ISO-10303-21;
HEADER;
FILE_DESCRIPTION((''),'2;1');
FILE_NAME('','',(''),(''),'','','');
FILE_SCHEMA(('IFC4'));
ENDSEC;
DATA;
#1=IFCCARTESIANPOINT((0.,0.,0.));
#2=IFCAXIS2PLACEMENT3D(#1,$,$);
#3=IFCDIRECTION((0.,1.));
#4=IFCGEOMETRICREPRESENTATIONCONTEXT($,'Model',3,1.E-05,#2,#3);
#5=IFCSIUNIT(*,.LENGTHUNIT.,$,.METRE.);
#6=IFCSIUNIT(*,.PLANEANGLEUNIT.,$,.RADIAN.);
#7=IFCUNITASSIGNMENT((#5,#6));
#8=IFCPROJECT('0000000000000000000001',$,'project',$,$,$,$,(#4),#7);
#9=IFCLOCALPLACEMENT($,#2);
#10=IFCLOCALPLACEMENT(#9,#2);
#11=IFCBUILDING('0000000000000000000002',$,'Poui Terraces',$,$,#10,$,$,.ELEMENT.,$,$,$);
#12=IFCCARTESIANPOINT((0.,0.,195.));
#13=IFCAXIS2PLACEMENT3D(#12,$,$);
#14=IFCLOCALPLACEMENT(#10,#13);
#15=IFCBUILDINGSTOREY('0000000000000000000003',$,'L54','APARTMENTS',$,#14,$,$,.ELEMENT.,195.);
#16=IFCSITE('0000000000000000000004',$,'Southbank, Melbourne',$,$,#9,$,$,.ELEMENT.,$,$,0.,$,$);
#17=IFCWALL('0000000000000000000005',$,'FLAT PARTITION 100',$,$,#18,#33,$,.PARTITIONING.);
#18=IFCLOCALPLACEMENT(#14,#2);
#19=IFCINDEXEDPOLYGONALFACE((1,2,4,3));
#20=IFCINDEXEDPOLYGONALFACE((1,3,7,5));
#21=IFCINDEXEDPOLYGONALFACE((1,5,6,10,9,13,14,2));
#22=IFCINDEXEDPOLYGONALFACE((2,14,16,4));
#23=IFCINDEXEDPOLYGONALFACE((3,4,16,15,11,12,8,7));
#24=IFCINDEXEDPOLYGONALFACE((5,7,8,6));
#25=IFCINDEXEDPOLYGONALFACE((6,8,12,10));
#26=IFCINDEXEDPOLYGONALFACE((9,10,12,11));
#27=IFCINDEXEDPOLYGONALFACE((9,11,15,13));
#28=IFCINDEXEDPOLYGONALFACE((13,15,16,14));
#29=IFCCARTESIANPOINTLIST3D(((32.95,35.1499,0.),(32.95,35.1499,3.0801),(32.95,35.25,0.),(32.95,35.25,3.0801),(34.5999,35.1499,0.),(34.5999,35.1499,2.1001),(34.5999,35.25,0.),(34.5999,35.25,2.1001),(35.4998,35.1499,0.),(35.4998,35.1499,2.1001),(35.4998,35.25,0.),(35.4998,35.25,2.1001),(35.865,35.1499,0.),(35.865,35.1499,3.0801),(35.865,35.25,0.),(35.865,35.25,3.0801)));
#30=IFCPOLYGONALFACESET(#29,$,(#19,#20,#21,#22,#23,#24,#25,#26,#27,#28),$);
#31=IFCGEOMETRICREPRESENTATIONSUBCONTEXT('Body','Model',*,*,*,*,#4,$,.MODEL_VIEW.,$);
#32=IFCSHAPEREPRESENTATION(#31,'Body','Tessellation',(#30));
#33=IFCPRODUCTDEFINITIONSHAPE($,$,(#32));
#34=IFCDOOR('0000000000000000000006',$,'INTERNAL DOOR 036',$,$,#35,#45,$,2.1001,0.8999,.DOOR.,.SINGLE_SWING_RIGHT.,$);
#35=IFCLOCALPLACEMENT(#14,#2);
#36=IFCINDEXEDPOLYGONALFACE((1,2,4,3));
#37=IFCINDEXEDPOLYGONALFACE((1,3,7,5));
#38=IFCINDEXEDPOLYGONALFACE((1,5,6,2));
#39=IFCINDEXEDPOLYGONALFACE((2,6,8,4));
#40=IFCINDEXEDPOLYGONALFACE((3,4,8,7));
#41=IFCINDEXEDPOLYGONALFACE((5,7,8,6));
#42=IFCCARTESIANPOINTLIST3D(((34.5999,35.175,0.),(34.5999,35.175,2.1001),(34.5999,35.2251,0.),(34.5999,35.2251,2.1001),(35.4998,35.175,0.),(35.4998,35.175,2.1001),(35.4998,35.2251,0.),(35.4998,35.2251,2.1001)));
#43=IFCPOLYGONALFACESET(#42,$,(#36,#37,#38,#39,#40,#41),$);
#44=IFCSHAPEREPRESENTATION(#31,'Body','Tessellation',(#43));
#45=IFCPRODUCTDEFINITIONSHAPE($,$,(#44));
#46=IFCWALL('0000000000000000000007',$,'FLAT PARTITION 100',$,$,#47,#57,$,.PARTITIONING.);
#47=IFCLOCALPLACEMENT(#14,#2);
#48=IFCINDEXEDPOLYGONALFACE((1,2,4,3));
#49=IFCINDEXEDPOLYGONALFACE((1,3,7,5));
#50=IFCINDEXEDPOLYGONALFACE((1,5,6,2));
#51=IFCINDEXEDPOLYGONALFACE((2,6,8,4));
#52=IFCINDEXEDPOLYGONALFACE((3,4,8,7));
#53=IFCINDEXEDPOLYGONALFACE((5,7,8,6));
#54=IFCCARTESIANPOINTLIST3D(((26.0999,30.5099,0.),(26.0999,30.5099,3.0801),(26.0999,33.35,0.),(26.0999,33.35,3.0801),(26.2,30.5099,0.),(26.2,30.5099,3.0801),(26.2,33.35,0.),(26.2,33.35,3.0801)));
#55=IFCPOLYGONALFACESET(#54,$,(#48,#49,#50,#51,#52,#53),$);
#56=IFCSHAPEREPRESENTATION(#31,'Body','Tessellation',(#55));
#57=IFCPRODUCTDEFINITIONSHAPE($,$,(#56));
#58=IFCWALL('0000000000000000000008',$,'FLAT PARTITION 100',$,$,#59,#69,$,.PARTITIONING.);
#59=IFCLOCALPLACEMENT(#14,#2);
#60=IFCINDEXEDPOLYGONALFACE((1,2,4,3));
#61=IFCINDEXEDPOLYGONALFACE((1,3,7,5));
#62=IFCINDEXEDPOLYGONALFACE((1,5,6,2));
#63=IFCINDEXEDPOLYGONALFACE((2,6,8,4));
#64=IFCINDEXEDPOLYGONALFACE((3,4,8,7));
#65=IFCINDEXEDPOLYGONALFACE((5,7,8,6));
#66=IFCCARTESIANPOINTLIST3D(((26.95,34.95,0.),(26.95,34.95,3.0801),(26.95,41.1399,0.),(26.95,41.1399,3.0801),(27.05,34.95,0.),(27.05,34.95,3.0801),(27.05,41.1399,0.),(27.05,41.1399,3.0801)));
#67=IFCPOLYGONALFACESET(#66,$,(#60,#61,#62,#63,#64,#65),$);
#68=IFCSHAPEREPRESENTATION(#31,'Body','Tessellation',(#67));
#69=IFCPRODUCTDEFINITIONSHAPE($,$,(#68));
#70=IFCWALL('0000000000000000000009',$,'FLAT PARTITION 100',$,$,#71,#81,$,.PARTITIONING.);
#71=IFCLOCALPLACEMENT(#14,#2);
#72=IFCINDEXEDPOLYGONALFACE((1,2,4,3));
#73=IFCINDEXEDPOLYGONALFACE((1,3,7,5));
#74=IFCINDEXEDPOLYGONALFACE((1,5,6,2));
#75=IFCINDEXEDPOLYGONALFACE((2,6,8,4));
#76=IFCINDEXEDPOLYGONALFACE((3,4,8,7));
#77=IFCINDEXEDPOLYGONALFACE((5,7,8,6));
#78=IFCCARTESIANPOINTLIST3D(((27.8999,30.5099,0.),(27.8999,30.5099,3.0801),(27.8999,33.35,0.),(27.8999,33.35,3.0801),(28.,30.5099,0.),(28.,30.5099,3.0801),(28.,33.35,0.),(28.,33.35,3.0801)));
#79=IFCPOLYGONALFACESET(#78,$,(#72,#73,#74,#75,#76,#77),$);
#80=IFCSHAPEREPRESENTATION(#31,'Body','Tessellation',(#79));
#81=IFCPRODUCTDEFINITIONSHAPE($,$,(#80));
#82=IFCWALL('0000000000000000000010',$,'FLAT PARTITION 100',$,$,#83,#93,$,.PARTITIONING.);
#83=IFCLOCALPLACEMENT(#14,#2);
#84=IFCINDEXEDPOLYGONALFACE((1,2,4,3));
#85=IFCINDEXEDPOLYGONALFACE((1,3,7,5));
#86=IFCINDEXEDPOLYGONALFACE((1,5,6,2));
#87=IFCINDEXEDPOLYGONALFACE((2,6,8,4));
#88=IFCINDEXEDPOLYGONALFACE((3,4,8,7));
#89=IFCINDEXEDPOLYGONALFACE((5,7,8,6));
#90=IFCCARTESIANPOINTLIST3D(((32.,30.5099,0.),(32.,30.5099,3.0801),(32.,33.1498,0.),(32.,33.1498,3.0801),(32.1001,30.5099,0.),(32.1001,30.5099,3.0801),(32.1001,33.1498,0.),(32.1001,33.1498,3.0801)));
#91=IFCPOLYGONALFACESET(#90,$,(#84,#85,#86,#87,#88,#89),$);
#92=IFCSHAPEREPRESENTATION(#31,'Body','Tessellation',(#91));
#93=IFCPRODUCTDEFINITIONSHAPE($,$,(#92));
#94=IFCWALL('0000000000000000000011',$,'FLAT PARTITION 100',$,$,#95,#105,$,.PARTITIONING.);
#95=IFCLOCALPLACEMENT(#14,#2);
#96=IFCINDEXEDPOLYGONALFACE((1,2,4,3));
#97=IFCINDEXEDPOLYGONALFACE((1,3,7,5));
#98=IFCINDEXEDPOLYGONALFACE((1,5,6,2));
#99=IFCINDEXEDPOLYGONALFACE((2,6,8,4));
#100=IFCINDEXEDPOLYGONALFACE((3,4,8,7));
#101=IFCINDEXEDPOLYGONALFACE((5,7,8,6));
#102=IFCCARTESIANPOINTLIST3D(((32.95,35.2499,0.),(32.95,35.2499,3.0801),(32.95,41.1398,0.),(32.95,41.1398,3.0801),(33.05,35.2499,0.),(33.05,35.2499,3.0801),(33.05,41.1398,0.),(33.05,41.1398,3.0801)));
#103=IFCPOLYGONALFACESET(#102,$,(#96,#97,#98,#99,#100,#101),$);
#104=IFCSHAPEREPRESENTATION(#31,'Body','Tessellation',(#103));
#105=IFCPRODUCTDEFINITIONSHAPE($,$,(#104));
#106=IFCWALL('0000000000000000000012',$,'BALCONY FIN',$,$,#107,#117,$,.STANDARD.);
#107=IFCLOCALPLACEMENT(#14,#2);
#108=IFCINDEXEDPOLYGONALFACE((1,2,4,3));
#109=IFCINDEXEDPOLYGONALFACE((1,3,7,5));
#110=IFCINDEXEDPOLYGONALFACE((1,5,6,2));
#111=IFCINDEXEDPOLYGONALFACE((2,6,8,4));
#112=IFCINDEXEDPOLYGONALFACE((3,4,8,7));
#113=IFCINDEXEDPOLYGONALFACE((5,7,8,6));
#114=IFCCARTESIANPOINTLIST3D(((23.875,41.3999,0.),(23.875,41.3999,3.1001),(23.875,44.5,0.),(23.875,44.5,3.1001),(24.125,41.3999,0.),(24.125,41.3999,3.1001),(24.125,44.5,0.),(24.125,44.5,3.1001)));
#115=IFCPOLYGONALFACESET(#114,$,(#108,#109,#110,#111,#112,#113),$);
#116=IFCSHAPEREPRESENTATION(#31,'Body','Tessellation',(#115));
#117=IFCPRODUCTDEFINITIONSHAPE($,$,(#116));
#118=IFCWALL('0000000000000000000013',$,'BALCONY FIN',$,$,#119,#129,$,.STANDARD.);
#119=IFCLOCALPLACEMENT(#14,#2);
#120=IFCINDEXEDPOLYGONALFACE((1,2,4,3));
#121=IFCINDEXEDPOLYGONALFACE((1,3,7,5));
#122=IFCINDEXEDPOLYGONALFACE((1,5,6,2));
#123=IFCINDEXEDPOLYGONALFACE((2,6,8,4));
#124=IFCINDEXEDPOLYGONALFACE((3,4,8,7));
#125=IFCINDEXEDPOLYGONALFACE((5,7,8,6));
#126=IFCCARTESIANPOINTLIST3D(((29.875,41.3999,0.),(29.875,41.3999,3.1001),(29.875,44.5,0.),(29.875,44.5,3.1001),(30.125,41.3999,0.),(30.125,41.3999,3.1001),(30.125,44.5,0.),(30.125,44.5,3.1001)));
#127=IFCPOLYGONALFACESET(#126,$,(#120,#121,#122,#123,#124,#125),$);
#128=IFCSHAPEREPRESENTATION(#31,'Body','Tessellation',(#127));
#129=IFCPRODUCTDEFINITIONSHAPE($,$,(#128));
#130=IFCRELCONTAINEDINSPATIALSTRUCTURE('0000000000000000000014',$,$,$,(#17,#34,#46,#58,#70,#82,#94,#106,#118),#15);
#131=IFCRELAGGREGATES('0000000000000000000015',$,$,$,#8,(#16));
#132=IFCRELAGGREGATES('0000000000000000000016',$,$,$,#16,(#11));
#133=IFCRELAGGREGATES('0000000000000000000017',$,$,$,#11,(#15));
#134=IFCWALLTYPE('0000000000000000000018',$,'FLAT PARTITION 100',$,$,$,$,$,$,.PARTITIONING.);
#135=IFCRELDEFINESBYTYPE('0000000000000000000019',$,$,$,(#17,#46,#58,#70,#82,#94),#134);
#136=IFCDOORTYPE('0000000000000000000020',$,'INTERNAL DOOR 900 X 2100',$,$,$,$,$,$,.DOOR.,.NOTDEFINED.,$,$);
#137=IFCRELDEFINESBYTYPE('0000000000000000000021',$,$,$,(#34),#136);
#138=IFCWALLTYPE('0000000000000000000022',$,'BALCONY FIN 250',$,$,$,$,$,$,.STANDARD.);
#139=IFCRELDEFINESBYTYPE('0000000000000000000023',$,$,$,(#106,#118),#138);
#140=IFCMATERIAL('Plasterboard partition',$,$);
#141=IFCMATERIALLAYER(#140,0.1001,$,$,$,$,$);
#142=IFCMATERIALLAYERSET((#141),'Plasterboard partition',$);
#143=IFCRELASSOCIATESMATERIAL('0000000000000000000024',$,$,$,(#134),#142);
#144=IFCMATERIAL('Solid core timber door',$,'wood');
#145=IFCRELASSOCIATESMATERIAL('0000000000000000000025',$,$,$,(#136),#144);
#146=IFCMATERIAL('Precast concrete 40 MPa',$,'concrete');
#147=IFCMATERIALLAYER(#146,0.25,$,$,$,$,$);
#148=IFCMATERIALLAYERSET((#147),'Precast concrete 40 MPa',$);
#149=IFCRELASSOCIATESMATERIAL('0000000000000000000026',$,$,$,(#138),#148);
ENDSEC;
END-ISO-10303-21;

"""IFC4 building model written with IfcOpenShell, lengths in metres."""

from ifc_helpers import new_model, si_unit, direction, frame, frame_2d, origin, place, context, subcontext, project, spatial, polyline, rectangle, outline, extrude, source, transform, mapped, material, layer, layer_set, type_object, element, fill, save


model = new_model("IFC4")

# Units and contexts
model_context = context("Model", 3, precision=1e-05, world=origin(), true_north=direction((0.0, 1.0)))
body_context = subcontext(model_context, "Body", "Model", "MODEL_VIEW")
ifc_project = project(units=[si_unit("LENGTHUNIT", "METRE"), si_unit("PLANEANGLEUNIT", "RADIAN")], contexts=[model_context])

# Site, building, storey
site_placement = place(None, origin())
site = spatial("IfcSite", under=ifc_project, at=site_placement, Name="Southbank, Melbourne", CompositionType="ELEMENT", RefElevation=0.0)
building_placement = place(site_placement, origin())
building = spatial("IfcBuilding", under=site, at=building_placement, Name="Poui Terraces", CompositionType="ELEMENT")
storey_placement = place(building_placement, frame((0.0, 0.0, 195.0)))
storey = spatial("IfcBuildingStorey", under=building, at=storey_placement, Name="L54", Description="APARTMENTS", CompositionType="ELEMENT", Elevation=195.0)

# Wall, opening, door
ifc_material_1 = material(Name="Plasterboard partition")
ifc_layer_1 = layer(ifc_material_1, 0.1001)
ifc_layer_set_1 = layer_set([ifc_layer_1], Name="Plasterboard partition")
wall_type_1 = type_object("IfcWallType", Name="FLAT PARTITION 100", PredefinedType="PARTITIONING", material=ifc_layer_set_1)
ifc_material_2 = material(Name="Solid core timber door", Category="wood")
door_type_1 = type_object("IfcDoorType", Name="INTERNAL DOOR 900 X 2100", OperationType="NOTDEFINED", PredefinedType="DOOR", material=ifc_material_2)
wall_1_placement = place(storey_placement, frame((32.95, 35.2, 0.0), z_axis=(0.0, 0.0, 1.0), x_axis=(1.0, 0.0, 0.0)))
wall_1 = element("IfcWall", 1, at=wall_1_placement, inside=storey, type_object=wall_type_1, Name="FLAT PARTITION 100", PredefinedType="PARTITIONING", context=body_context, shape_type="SweptSolid", body=[
    extrude(rectangle(XDim=2.915, YDim=0.1001, at=frame_2d((1.4575, 0.0))), origin(), (0.0, 0.0, 1.0), 3.0801),
])
opening_1_placement = place(wall_1_placement, frame((1.6499, 0.0, 0.0)))
opening_1 = element("IfcOpeningElement", 2, at=opening_1_placement, cuts=wall_1, PredefinedType="OPENING", context=body_context, shape_type="SweptSolid", body=[
    extrude(rectangle(XDim=0.8999, YDim=2.1001, at=frame_2d((0.45, 1.05))), frame((0.0, 0.0601, 0.0), z_axis=(0.0, -1.0, 0.0), x_axis=(1.0, 0.0, 0.0)), (0.0, 0.0, 1.0), 0.1201),
])
door_1_placement = place(opening_1_placement, frame((0.8999, 0.0, 0.0), z_axis=(0.0, 0.0, 1.0), x_axis=(-1.0, 0.0, 0.0)))
door_1 = element("IfcDoor", 3, at=door_1_placement, inside=storey, type_object=door_type_1, Name="INTERNAL DOOR 036", OperationType="SINGLE_SWING_RIGHT", OverallHeight=2.1001, OverallWidth=0.8999, PredefinedType="DOOR", context=body_context, shape_type="SweptSolid", body=[
    extrude(rectangle(XDim=0.8999, YDim=2.1001, at=frame_2d((0.45, 1.05))), frame((0.0, 0.0249, 0.0), z_axis=(0.0, -1.0, 0.0), x_axis=(1.0, 0.0, 0.0)), (0.0, 0.0, 1.0), 0.05),
])
fill(opening_1, door_1)

# Walls
wall_2_placement = place(storey_placement, frame((26.1499, 30.51, 0.0), z_axis=(0.0, 0.0, 1.0), x_axis=(0.0, 1.0, 0.0)))
element("IfcWall", 4, at=wall_2_placement, inside=storey, type_object=wall_type_1, Name="FLAT PARTITION 100", PredefinedType="PARTITIONING", context=body_context, shape_type="SweptSolid", body=[
    extrude(rectangle(XDim=2.8401, YDim=0.1001, at=frame_2d((1.4199, 0.0))), origin(), (0.0, 0.0, 1.0), 3.0801),
])
wall_3_placement = place(storey_placement, frame((27.0, 34.95, 0.0), z_axis=(0.0, 0.0, 1.0), x_axis=(0.0, 1.0, 0.0)))
element("IfcWall", 5, at=wall_3_placement, inside=storey, type_object=wall_type_1, Name="FLAT PARTITION 100", PredefinedType="PARTITIONING", context=body_context, shape_type="SweptSolid", body=[
    extrude(rectangle(XDim=6.1899, YDim=0.1001, at=frame_2d((3.095, 0.0))), origin(), (0.0, 0.0, 1.0), 3.0801),
])
wall_4_placement = place(storey_placement, frame((27.95, 30.51, 0.0), z_axis=(0.0, 0.0, 1.0), x_axis=(0.0, 1.0, 0.0)))
element("IfcWall", 6, at=wall_4_placement, inside=storey, type_object=wall_type_1, Name="FLAT PARTITION 100", PredefinedType="PARTITIONING", context=body_context, shape_type="SweptSolid", body=[
    extrude(rectangle(XDim=2.8401, YDim=0.1001, at=frame_2d((1.4199, 0.0))), origin(), (0.0, 0.0, 1.0), 3.0801),
])
wall_5_placement = place(storey_placement, frame((32.05, 30.51, 0.0), z_axis=(0.0, 0.0, 1.0), x_axis=(0.0, 1.0, 0.0)))
element("IfcWall", 7, at=wall_5_placement, inside=storey, type_object=wall_type_1, Name="FLAT PARTITION 100", PredefinedType="PARTITIONING", context=body_context, shape_type="SweptSolid", body=[
    extrude(rectangle(XDim=2.6399, YDim=0.1001, at=frame_2d((1.3198, 0.0))), origin(), (0.0, 0.0, 1.0), 3.0801),
])
wall_6_placement = place(storey_placement, frame((33.0, 35.25, 0.0), z_axis=(0.0, 0.0, 1.0), x_axis=(0.0, 1.0, 0.0)))
element("IfcWall", 8, at=wall_6_placement, inside=storey, type_object=wall_type_1, Name="FLAT PARTITION 100", PredefinedType="PARTITIONING", context=body_context, shape_type="SweptSolid", body=[
    extrude(rectangle(XDim=5.8899, YDim=0.1001, at=frame_2d((2.9448, 0.0))), origin(), (0.0, 0.0, 1.0), 3.0801),
])
ifc_material_3 = material(Name="Precast concrete 40 MPa", Category="concrete")
ifc_layer_2 = layer(ifc_material_3, 0.25)
ifc_layer_set_2 = layer_set([ifc_layer_2], Name="Precast concrete 40 MPa")
wall_type_2 = type_object("IfcWallType", Name="BALCONY FIN 250", PredefinedType="STANDARD", material=ifc_layer_set_2)
shared_shape_1 = source(origin(), body_context, "Body", "SweptSolid", [
    extrude(outline(polyline([(0.0, 0.0), (0.25, 0.0), (0.25, 3.1001), (0.0, 3.1001), (0.0, 0.0)])), origin(), (0.0, 0.0, 1.0), 3.1001),
])
for number, where, name in (
    (9, (23.875, 41.3999, 0.0), "BALCONY FIN"),
    (10, (29.875, 41.3999, 0.0), "BALCONY FIN"),
):
    element("IfcWall", number, at=place(storey_placement, frame(where)), inside=storey, type_object=wall_type_2, Name=name, PredefinedType="STANDARD", context=body_context, shape_type="MappedRepresentation", body=[
        mapped(shared_shape_1, transform((0.0, 0.0, 0.0))),
    ])

save(model, "model.ifc")
